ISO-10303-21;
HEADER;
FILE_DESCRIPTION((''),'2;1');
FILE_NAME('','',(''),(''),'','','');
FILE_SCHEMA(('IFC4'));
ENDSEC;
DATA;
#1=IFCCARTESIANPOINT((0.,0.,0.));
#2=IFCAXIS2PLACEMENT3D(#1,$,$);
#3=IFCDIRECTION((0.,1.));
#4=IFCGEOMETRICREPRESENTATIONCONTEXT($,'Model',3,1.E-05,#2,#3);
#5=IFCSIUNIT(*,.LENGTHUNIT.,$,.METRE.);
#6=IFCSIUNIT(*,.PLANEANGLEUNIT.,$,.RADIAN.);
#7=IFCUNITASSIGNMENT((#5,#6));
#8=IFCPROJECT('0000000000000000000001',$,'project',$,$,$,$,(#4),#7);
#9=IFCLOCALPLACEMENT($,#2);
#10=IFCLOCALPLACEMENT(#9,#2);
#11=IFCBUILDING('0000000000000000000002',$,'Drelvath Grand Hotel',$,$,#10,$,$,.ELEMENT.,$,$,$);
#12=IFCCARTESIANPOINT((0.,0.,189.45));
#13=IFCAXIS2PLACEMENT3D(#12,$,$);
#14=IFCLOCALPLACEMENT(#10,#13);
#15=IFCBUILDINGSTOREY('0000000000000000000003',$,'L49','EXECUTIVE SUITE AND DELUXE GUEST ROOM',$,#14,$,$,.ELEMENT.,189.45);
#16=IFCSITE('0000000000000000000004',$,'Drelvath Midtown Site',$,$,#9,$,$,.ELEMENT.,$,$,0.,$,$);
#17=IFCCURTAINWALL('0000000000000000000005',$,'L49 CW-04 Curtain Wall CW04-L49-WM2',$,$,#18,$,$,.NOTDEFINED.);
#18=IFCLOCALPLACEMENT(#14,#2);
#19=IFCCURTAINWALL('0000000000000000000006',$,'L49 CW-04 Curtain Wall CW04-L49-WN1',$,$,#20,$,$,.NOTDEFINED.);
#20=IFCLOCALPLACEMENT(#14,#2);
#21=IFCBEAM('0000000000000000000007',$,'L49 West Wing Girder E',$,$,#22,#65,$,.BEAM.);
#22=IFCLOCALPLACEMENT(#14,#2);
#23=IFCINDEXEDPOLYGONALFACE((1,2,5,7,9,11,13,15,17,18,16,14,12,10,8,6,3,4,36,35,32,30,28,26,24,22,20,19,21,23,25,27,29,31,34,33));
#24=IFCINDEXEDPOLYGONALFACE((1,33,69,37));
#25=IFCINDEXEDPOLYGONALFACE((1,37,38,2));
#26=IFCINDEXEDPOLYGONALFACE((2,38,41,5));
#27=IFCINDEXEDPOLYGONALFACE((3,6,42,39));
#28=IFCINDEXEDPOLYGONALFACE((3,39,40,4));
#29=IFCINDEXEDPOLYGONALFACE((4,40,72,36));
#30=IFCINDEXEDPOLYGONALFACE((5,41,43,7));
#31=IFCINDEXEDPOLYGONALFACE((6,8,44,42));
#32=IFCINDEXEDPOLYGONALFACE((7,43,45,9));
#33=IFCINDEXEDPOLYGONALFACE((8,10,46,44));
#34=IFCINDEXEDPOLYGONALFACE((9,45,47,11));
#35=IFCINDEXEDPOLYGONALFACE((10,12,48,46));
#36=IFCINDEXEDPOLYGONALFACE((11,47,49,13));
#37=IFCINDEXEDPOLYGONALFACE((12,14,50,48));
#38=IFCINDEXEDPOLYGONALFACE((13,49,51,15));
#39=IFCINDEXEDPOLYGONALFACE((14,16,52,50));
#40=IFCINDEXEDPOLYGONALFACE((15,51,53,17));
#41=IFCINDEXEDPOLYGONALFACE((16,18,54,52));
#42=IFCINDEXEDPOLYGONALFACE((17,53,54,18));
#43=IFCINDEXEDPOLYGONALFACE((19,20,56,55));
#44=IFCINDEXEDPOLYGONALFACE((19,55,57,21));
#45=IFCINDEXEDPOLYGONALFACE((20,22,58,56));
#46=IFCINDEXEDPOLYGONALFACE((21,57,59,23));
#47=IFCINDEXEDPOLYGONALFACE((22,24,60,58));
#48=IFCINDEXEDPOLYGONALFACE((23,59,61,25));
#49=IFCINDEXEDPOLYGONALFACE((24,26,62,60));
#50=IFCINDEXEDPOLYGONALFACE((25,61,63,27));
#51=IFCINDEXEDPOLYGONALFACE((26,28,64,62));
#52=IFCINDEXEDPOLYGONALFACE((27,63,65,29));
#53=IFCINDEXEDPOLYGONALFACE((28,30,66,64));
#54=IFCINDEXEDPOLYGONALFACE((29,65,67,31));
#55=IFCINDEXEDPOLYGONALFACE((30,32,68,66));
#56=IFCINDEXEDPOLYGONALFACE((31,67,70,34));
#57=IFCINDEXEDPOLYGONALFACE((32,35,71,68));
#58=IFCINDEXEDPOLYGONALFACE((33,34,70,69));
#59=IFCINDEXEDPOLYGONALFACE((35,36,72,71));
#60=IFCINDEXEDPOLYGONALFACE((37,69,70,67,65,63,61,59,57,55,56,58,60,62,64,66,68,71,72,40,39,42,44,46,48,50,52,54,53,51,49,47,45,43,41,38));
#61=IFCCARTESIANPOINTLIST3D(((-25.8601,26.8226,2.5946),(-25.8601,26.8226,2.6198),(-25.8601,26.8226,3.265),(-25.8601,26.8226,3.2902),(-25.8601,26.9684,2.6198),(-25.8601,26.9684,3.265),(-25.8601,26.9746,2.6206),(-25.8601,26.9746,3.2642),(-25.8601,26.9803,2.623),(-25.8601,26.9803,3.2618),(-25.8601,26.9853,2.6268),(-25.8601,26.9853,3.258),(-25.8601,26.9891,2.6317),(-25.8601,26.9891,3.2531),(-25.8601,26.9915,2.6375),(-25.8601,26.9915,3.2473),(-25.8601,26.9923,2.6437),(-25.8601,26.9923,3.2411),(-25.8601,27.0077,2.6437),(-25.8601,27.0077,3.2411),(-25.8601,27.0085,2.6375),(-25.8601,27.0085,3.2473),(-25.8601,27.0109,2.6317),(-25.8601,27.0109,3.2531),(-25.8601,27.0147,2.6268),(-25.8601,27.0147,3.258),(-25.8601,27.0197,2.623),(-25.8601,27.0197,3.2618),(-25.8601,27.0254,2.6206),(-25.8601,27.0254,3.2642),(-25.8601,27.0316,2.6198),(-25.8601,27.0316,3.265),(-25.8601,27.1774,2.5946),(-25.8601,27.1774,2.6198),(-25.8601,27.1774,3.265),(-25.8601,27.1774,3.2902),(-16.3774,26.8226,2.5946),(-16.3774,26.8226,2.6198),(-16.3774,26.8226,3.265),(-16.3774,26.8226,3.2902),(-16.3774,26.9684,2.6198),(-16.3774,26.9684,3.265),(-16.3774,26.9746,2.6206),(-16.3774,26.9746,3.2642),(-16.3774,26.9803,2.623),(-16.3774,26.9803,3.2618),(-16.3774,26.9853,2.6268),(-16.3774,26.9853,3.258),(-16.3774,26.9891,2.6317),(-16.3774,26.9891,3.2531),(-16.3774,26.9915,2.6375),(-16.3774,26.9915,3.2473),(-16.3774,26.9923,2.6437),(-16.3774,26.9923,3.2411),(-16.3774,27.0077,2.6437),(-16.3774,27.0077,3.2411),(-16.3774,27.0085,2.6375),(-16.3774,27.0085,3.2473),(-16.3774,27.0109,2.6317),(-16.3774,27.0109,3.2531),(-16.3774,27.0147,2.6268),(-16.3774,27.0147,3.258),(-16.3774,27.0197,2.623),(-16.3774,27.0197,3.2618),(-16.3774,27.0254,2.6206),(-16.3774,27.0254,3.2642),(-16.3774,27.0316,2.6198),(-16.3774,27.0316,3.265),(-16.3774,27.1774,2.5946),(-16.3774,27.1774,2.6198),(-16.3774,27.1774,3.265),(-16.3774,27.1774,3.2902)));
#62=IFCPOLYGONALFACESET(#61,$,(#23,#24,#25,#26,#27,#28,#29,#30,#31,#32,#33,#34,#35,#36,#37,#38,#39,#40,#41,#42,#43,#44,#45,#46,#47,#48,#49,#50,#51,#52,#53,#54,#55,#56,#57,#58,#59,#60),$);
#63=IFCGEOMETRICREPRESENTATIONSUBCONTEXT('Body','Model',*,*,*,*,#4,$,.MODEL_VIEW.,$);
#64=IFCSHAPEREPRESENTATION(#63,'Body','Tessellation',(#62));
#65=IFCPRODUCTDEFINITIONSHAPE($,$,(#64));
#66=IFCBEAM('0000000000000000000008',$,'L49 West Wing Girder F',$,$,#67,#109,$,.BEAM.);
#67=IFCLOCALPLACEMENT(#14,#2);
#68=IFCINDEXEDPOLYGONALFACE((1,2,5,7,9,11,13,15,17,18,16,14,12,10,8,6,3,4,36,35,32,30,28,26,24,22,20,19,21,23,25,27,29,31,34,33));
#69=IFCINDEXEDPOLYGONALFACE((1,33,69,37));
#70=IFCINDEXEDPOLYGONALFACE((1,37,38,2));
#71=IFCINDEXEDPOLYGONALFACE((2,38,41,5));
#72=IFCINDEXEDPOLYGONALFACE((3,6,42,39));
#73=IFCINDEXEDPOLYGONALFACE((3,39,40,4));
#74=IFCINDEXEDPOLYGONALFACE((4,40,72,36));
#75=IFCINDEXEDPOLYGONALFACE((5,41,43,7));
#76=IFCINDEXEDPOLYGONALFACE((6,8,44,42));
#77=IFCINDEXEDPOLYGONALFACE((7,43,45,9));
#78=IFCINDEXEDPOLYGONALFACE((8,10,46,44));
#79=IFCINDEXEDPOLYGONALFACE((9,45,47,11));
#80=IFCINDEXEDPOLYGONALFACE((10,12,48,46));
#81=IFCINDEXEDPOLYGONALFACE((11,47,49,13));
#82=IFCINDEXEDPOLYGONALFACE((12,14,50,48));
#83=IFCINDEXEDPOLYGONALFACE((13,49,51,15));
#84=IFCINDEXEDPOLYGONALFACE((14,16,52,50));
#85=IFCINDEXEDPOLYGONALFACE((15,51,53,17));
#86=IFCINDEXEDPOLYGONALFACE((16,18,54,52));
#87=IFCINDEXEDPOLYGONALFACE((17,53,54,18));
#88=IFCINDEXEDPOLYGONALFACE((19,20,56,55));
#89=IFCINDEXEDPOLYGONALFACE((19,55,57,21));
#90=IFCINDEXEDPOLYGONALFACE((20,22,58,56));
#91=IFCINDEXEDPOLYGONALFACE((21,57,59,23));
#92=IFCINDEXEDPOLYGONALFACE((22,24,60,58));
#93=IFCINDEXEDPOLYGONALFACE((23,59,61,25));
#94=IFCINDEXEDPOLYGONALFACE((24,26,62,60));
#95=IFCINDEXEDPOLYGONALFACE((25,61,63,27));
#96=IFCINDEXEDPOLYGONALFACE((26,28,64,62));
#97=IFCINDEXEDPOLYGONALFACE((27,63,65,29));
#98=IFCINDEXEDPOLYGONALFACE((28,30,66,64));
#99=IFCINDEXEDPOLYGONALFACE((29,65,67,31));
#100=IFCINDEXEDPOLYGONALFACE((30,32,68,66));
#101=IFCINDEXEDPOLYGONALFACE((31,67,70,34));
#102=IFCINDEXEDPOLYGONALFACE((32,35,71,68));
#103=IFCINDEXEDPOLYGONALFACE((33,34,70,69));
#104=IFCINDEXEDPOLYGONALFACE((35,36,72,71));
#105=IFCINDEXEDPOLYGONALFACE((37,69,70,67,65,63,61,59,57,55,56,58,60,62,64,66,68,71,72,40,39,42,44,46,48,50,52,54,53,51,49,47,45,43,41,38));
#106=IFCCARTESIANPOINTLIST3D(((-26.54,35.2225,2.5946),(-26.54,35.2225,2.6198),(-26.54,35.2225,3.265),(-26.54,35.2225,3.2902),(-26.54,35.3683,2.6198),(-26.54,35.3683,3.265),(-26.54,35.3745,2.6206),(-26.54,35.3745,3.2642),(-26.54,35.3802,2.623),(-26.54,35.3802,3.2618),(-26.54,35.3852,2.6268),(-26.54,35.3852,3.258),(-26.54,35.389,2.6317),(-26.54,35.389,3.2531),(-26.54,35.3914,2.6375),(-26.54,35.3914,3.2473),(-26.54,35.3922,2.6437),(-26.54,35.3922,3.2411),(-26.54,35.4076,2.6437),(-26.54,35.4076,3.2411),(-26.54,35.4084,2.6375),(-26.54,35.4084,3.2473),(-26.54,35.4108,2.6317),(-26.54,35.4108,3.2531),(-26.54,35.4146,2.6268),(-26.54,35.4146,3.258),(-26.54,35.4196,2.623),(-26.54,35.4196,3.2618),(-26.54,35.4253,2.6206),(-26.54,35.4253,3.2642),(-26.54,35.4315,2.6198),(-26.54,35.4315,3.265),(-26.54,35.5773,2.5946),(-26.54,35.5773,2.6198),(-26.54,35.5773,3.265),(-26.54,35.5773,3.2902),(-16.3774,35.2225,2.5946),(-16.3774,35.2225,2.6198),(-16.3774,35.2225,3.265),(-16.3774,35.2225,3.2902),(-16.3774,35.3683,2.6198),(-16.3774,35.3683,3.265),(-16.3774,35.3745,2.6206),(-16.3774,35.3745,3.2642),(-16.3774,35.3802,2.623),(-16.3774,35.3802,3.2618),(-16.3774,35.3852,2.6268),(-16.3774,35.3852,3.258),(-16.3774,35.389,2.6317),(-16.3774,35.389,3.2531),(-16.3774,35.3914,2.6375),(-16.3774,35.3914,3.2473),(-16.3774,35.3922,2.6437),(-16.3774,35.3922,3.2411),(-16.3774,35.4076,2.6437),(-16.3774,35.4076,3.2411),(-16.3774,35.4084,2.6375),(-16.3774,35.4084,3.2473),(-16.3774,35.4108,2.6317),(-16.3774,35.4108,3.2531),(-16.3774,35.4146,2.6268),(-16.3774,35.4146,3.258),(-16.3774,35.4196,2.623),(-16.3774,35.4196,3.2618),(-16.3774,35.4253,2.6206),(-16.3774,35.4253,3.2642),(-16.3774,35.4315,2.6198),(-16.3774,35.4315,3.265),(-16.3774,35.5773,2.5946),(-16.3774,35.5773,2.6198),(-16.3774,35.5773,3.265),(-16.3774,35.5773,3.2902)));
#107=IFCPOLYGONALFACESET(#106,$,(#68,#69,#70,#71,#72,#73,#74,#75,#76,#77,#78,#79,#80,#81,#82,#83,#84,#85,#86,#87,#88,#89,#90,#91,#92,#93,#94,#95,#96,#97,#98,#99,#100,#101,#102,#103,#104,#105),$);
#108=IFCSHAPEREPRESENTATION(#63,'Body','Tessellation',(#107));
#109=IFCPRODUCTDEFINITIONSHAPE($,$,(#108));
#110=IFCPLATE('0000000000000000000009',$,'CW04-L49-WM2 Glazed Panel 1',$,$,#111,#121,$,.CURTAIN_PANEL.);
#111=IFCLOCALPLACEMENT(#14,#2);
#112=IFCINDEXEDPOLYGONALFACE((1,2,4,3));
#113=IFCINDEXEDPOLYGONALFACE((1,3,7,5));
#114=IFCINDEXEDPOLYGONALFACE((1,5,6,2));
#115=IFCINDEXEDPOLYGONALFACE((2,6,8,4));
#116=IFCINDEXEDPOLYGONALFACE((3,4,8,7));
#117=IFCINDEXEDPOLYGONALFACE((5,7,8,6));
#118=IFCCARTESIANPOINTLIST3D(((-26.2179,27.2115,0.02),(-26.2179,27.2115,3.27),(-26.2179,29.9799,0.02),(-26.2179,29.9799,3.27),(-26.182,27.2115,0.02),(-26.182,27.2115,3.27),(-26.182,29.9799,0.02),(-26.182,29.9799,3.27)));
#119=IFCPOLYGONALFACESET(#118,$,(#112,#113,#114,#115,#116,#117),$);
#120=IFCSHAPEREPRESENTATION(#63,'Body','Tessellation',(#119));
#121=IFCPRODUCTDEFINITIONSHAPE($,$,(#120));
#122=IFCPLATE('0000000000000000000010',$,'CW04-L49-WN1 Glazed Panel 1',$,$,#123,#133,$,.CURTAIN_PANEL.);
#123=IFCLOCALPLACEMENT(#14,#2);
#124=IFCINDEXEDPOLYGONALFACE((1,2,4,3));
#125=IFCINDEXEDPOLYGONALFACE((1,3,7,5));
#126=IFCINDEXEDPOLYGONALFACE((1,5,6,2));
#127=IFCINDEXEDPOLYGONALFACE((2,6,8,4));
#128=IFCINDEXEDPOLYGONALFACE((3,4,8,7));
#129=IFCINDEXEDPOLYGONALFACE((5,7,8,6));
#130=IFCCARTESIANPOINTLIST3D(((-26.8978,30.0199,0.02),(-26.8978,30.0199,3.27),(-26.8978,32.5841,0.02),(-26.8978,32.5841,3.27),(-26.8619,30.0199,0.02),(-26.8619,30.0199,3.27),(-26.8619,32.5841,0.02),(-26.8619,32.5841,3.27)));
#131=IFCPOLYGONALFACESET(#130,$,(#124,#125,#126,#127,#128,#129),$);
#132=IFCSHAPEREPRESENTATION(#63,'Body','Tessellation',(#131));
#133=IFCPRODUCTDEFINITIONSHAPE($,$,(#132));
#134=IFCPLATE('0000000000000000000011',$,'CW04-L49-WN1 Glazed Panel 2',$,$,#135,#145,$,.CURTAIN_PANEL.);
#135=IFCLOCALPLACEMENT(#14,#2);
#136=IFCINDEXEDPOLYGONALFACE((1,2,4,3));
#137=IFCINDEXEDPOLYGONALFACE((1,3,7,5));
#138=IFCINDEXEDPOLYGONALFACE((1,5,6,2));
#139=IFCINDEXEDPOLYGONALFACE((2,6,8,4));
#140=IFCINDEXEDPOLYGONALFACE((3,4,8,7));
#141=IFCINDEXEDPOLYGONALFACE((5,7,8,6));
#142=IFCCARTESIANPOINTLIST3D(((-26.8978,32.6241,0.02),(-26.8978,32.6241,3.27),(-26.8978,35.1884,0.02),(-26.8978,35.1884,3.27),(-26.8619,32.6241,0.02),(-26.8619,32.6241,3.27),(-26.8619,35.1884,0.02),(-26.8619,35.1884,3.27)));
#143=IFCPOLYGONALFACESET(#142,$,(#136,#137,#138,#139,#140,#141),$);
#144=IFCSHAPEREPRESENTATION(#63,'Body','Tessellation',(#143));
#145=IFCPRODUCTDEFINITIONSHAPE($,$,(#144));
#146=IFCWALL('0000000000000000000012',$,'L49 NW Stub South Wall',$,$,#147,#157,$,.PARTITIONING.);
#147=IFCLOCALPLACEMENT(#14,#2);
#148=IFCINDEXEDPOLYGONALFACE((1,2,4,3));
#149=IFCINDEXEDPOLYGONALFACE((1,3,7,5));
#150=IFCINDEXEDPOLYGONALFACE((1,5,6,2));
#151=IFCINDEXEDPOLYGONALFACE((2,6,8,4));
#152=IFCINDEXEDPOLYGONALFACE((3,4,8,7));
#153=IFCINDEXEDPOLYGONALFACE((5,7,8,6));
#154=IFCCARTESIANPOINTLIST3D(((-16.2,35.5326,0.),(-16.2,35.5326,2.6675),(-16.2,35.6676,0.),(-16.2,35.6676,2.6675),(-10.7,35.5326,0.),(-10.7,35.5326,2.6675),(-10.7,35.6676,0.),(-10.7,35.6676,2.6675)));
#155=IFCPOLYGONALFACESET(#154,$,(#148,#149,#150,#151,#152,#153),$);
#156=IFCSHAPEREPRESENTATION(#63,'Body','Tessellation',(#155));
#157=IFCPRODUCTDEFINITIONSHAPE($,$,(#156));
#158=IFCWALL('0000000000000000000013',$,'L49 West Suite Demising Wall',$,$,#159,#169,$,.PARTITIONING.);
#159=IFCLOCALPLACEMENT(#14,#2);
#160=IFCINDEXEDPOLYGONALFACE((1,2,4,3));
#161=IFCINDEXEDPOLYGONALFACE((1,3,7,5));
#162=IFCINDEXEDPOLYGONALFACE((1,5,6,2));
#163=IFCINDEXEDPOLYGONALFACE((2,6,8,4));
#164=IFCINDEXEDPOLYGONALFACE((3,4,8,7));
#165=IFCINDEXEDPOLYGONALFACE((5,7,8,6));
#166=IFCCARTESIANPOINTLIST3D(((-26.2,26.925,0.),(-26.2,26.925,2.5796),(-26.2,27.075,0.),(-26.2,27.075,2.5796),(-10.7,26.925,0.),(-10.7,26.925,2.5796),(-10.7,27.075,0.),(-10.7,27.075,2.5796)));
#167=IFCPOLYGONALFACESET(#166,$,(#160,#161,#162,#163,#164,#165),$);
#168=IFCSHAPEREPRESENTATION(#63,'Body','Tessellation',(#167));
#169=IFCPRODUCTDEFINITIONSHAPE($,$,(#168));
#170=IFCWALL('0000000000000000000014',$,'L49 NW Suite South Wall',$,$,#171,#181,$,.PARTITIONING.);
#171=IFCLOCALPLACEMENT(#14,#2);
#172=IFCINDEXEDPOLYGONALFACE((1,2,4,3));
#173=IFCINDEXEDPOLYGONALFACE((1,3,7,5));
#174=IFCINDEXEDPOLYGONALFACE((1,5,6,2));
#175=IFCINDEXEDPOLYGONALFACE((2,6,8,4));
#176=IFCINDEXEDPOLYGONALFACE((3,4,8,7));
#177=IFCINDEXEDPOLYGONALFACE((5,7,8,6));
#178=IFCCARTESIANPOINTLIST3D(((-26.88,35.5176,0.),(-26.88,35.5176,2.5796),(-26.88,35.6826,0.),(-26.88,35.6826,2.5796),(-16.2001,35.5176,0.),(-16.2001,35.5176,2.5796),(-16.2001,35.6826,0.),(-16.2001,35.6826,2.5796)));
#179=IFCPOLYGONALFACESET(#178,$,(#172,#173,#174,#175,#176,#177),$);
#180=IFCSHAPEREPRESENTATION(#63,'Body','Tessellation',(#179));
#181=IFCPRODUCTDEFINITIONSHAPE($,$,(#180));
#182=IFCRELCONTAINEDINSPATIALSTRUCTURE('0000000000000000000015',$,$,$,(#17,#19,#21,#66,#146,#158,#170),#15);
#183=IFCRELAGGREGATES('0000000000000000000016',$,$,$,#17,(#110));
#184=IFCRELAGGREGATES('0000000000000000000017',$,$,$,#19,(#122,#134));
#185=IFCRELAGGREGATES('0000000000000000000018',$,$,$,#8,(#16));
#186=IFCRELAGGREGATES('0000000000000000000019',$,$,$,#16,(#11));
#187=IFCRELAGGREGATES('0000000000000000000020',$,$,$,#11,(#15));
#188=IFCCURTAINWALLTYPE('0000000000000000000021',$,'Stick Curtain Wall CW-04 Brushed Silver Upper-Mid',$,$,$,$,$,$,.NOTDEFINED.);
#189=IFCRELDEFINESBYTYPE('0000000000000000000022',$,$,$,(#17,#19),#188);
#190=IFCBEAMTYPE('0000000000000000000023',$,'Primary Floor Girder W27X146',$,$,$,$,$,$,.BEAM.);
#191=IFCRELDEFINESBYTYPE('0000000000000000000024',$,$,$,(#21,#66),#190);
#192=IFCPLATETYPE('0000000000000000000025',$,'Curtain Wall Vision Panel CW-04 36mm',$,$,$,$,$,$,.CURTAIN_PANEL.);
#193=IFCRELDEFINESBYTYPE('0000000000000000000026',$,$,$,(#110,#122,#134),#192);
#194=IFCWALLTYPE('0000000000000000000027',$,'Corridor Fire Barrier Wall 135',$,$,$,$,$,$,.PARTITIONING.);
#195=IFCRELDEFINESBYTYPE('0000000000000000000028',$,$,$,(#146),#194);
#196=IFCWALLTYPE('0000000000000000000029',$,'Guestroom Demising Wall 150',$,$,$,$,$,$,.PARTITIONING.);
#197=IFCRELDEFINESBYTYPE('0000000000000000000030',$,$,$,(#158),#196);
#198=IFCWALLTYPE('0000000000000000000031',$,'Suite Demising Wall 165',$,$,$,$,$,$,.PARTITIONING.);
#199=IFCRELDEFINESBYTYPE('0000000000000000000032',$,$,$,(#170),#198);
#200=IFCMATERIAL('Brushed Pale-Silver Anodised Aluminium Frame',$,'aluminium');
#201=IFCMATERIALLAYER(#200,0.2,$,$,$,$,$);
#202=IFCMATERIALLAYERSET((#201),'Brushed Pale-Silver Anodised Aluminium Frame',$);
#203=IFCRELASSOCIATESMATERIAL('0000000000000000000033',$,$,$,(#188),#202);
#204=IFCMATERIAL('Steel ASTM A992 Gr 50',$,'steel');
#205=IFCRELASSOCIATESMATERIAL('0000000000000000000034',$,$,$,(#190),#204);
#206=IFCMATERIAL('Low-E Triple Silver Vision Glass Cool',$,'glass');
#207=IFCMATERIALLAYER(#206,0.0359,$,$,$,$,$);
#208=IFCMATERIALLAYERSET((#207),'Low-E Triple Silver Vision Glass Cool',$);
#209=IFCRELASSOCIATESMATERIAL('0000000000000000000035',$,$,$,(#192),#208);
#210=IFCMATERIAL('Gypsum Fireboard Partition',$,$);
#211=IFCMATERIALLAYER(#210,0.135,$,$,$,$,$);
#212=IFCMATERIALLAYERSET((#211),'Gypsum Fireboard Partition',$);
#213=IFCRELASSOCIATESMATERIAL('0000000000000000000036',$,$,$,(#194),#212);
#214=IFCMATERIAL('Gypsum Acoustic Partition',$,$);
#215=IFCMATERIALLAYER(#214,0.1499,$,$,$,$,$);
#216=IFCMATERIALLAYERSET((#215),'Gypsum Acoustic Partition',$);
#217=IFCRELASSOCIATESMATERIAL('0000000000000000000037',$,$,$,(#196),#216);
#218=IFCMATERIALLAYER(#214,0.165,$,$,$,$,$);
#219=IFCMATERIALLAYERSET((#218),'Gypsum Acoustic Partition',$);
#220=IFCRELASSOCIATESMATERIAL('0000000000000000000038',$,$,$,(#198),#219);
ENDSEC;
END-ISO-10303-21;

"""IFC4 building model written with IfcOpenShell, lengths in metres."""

from ifc_helpers import new_model, si_unit, direction, frame, frame_2d, origin, origin_2d, place, context, subcontext, project, spatial, rectangle, i_section, extrude, material, layer, layer_set, material_profile, profile_set, type_object, element, aggregate, save


model = new_model("IFC4")

# Units and contexts
model_context = context("Model", 3, precision=1e-05, world=origin(), true_north=direction((0.0, 1.0)))
body_context = subcontext(model_context, "Body", "Model", "MODEL_VIEW")
ifc_project = project(units=[si_unit("LENGTHUNIT", "METRE"), si_unit("PLANEANGLEUNIT", "RADIAN")], contexts=[model_context])

# Site, building, storey
site_placement = place(None, origin())
site = spatial("IfcSite", under=ifc_project, at=site_placement, Name="Drelvath Midtown Site", CompositionType="ELEMENT", RefElevation=0.0)
building_placement = place(site_placement, origin())
building = spatial("IfcBuilding", under=site, at=building_placement, Name="Drelvath Grand Hotel", CompositionType="ELEMENT")
storey_placement = place(building_placement, frame((0.0, 0.0, 189.45)))
storey = spatial("IfcBuildingStorey", under=building, at=storey_placement, Name="L49", Description="EXECUTIVE SUITE AND DELUXE GUEST ROOM", CompositionType="ELEMENT", Elevation=189.45)

# Curtain walls
ifc_material_1 = material(Name="Brushed Pale-Silver Anodised Aluminium Frame", Category="aluminium")
ifc_layer_1 = layer(ifc_material_1, 0.2)
ifc_layer_set_1 = layer_set([ifc_layer_1], Name="Brushed Pale-Silver Anodised Aluminium Frame")
curtain_wall_type = type_object("IfcCurtainWallType", Name="Stick Curtain Wall CW-04 Brushed Silver Upper-Mid", PredefinedType="NOTDEFINED", material=ifc_layer_set_1)
curtain_wall_1_placement = place(storey_placement, origin())
curtain_wall_1 = element("IfcCurtainWall", 1, at=curtain_wall_1_placement, inside=storey, type_object=curtain_wall_type, Name="L49 CW-04 Curtain Wall CW04-L49-WM2", PredefinedType="NOTDEFINED")
curtain_wall_2_placement = place(storey_placement, origin())
curtain_wall_2 = element("IfcCurtainWall", 2, at=curtain_wall_2_placement, inside=storey, type_object=curtain_wall_type, Name="L49 CW-04 Curtain Wall CW04-L49-WN1", PredefinedType="NOTDEFINED")

# Beams
ifc_material_2 = material(Name="Steel ASTM A992 Gr 50", Category="steel")
ifc_material_profile_1 = material_profile(ifc_material_2, i_section(OverallWidth=0.3547, OverallDepth=0.6956, WebThickness=0.0154, FlangeThickness=0.0251, FilletRadius=0.0239, at=origin_2d()), Name="W27X146")
ifc_profile_set_1 = profile_set([ifc_material_profile_1], Name="Steel ASTM A992 Gr 50")
beam_type_1 = type_object("IfcBeamType", Name="Primary Floor Girder W27X146", PredefinedType="BEAM", material=ifc_profile_set_1)
beam_1_placement = place(storey_placement, frame((-25.8601, 27.0, 2.9424), z_axis=(1.0, 0.0, 0.0), x_axis=(0.0, 1.0, 0.0)))
element("IfcBeam", 3, at=beam_1_placement, inside=storey, type_object=beam_type_1, Name="L49 West Wing Girder E", PredefinedType="BEAM", context=body_context, shape_type="SweptSolid", body=[
    extrude(i_section(OverallWidth=0.3547, OverallDepth=0.6956, WebThickness=0.0154, FlangeThickness=0.0251, FilletRadius=0.0239, at=origin_2d()), origin(), (0.0, 0.0, 1.0), 9.4827),
])
beam_2_placement = place(storey_placement, frame((-26.54, 35.3999, 2.9424), z_axis=(1.0, 0.0, 0.0), x_axis=(0.0, 1.0, 0.0)))
element("IfcBeam", 4, at=beam_2_placement, inside=storey, type_object=beam_type_1, Name="L49 West Wing Girder F", PredefinedType="BEAM", context=body_context, shape_type="SweptSolid", body=[
    extrude(i_section(OverallWidth=0.3547, OverallDepth=0.6956, WebThickness=0.0154, FlangeThickness=0.0251, FilletRadius=0.0239, at=origin_2d()), origin(), (0.0, 0.0, 1.0), 10.1626),
])

# Plates
ifc_material_3 = material(Name="Low-E Triple Silver Vision Glass Cool", Category="glass")
ifc_layer_2 = layer(ifc_material_3, 0.0359)
ifc_layer_set_2 = layer_set([ifc_layer_2], Name="Low-E Triple Silver Vision Glass Cool")
plate_type = type_object("IfcPlateType", Name="Curtain Wall Vision Panel CW-04 36mm", PredefinedType="CURTAIN_PANEL", material=ifc_layer_set_2)
plate_1_placement = place(storey_placement, frame((-26.2, 28.5957, 0.02), z_axis=(0.0, 0.0, 1.0), x_axis=(0.0, 1.0, 0.0)))
plate_1 = element("IfcPlate", 5, at=plate_1_placement, type_object=plate_type, Name="CW04-L49-WM2 Glazed Panel 1", PredefinedType="CURTAIN_PANEL", context=body_context, shape_type="SweptSolid", body=[
    extrude(rectangle(XDim=2.7683, YDim=0.0359, at=origin_2d()), origin(), (0.0, 0.0, 1.0), 3.25),
])
aggregate(curtain_wall_1, [plate_1])
plate_2_placement = place(storey_placement, frame((-26.8799, 31.302, 0.02), z_axis=(0.0, 0.0, 1.0), x_axis=(0.0, 1.0, 0.0)))
plate_2 = element("IfcPlate", 6, at=plate_2_placement, type_object=plate_type, Name="CW04-L49-WN1 Glazed Panel 1", PredefinedType="CURTAIN_PANEL", context=body_context, shape_type="SweptSolid", body=[
    extrude(rectangle(XDim=2.5642, YDim=0.0359, at=origin_2d()), origin(), (0.0, 0.0, 1.0), 3.25),
])
plate_3_placement = place(storey_placement, frame((-26.8799, 33.9062, 0.02), z_axis=(0.0, 0.0, 1.0), x_axis=(0.0, 1.0, 0.0)))
plate_3 = element("IfcPlate", 7, at=plate_3_placement, type_object=plate_type, Name="CW04-L49-WN1 Glazed Panel 2", PredefinedType="CURTAIN_PANEL", context=body_context, shape_type="SweptSolid", body=[
    extrude(rectangle(XDim=2.5642, YDim=0.0359, at=origin_2d()), origin(), (0.0, 0.0, 1.0), 3.25),
])
aggregate(curtain_wall_2, [plate_2, plate_3])

# Walls
ifc_material_4 = material(Name="Gypsum Fireboard Partition")
ifc_layer_3 = layer(ifc_material_4, 0.135)
ifc_layer_set_3 = layer_set([ifc_layer_3], Name="Gypsum Fireboard Partition")
wall_type_1 = type_object("IfcWallType", Name="Corridor Fire Barrier Wall 135", PredefinedType="PARTITIONING", material=ifc_layer_set_3)
wall_1_placement = place(storey_placement, frame((-16.2, 35.6001, 0.0), z_axis=(0.0, 0.0, 1.0), x_axis=(1.0, 0.0, 0.0)))
element("IfcWall", 8, at=wall_1_placement, inside=storey, type_object=wall_type_1, Name="L49 NW Stub South Wall", PredefinedType="PARTITIONING", context=body_context, shape_type="SweptSolid", body=[
    extrude(rectangle(XDim=5.5, YDim=0.135, at=frame_2d((2.75, 0.0))), origin(), (0.0, 0.0, 1.0), 2.6675),
])
ifc_material_5 = material(Name="Gypsum Acoustic Partition")
ifc_layer_4 = layer(ifc_material_5, 0.1499)
ifc_layer_set_4 = layer_set([ifc_layer_4], Name="Gypsum Acoustic Partition")
wall_type_2 = type_object("IfcWallType", Name="Guestroom Demising Wall 150", PredefinedType="PARTITIONING", material=ifc_layer_set_4)
wall_2_placement = place(storey_placement, frame((-26.2, 27.0, 0.0), z_axis=(0.0, 0.0, 1.0), x_axis=(1.0, 0.0, 0.0)))
element("IfcWall", 9, at=wall_2_placement, inside=storey, type_object=wall_type_2, Name="L49 West Suite Demising Wall", PredefinedType="PARTITIONING", context=body_context, shape_type="SweptSolid", body=[
    extrude(rectangle(XDim=15.5, YDim=0.1499, at=frame_2d((7.75, 0.0))), origin(), (0.0, 0.0, 1.0), 2.5796),
])
ifc_layer_5 = layer(ifc_material_5, 0.165)
ifc_layer_set_5 = layer_set([ifc_layer_5], Name="Gypsum Acoustic Partition")
wall_type_3 = type_object("IfcWallType", Name="Suite Demising Wall 165", PredefinedType="PARTITIONING", material=ifc_layer_set_5)
wall_3_placement = place(storey_placement, frame((-26.8799, 35.6001, 0.0), z_axis=(0.0, 0.0, 1.0), x_axis=(1.0, 0.0, 0.0)))
element("IfcWall", 10, at=wall_3_placement, inside=storey, type_object=wall_type_3, Name="L49 NW Suite South Wall", PredefinedType="PARTITIONING", context=body_context, shape_type="SweptSolid", body=[
    extrude(rectangle(XDim=10.6799, YDim=0.165, at=frame_2d((5.3398, 0.0))), origin(), (0.0, 0.0, 1.0), 2.5796),
])

save(model, "model.ifc")
